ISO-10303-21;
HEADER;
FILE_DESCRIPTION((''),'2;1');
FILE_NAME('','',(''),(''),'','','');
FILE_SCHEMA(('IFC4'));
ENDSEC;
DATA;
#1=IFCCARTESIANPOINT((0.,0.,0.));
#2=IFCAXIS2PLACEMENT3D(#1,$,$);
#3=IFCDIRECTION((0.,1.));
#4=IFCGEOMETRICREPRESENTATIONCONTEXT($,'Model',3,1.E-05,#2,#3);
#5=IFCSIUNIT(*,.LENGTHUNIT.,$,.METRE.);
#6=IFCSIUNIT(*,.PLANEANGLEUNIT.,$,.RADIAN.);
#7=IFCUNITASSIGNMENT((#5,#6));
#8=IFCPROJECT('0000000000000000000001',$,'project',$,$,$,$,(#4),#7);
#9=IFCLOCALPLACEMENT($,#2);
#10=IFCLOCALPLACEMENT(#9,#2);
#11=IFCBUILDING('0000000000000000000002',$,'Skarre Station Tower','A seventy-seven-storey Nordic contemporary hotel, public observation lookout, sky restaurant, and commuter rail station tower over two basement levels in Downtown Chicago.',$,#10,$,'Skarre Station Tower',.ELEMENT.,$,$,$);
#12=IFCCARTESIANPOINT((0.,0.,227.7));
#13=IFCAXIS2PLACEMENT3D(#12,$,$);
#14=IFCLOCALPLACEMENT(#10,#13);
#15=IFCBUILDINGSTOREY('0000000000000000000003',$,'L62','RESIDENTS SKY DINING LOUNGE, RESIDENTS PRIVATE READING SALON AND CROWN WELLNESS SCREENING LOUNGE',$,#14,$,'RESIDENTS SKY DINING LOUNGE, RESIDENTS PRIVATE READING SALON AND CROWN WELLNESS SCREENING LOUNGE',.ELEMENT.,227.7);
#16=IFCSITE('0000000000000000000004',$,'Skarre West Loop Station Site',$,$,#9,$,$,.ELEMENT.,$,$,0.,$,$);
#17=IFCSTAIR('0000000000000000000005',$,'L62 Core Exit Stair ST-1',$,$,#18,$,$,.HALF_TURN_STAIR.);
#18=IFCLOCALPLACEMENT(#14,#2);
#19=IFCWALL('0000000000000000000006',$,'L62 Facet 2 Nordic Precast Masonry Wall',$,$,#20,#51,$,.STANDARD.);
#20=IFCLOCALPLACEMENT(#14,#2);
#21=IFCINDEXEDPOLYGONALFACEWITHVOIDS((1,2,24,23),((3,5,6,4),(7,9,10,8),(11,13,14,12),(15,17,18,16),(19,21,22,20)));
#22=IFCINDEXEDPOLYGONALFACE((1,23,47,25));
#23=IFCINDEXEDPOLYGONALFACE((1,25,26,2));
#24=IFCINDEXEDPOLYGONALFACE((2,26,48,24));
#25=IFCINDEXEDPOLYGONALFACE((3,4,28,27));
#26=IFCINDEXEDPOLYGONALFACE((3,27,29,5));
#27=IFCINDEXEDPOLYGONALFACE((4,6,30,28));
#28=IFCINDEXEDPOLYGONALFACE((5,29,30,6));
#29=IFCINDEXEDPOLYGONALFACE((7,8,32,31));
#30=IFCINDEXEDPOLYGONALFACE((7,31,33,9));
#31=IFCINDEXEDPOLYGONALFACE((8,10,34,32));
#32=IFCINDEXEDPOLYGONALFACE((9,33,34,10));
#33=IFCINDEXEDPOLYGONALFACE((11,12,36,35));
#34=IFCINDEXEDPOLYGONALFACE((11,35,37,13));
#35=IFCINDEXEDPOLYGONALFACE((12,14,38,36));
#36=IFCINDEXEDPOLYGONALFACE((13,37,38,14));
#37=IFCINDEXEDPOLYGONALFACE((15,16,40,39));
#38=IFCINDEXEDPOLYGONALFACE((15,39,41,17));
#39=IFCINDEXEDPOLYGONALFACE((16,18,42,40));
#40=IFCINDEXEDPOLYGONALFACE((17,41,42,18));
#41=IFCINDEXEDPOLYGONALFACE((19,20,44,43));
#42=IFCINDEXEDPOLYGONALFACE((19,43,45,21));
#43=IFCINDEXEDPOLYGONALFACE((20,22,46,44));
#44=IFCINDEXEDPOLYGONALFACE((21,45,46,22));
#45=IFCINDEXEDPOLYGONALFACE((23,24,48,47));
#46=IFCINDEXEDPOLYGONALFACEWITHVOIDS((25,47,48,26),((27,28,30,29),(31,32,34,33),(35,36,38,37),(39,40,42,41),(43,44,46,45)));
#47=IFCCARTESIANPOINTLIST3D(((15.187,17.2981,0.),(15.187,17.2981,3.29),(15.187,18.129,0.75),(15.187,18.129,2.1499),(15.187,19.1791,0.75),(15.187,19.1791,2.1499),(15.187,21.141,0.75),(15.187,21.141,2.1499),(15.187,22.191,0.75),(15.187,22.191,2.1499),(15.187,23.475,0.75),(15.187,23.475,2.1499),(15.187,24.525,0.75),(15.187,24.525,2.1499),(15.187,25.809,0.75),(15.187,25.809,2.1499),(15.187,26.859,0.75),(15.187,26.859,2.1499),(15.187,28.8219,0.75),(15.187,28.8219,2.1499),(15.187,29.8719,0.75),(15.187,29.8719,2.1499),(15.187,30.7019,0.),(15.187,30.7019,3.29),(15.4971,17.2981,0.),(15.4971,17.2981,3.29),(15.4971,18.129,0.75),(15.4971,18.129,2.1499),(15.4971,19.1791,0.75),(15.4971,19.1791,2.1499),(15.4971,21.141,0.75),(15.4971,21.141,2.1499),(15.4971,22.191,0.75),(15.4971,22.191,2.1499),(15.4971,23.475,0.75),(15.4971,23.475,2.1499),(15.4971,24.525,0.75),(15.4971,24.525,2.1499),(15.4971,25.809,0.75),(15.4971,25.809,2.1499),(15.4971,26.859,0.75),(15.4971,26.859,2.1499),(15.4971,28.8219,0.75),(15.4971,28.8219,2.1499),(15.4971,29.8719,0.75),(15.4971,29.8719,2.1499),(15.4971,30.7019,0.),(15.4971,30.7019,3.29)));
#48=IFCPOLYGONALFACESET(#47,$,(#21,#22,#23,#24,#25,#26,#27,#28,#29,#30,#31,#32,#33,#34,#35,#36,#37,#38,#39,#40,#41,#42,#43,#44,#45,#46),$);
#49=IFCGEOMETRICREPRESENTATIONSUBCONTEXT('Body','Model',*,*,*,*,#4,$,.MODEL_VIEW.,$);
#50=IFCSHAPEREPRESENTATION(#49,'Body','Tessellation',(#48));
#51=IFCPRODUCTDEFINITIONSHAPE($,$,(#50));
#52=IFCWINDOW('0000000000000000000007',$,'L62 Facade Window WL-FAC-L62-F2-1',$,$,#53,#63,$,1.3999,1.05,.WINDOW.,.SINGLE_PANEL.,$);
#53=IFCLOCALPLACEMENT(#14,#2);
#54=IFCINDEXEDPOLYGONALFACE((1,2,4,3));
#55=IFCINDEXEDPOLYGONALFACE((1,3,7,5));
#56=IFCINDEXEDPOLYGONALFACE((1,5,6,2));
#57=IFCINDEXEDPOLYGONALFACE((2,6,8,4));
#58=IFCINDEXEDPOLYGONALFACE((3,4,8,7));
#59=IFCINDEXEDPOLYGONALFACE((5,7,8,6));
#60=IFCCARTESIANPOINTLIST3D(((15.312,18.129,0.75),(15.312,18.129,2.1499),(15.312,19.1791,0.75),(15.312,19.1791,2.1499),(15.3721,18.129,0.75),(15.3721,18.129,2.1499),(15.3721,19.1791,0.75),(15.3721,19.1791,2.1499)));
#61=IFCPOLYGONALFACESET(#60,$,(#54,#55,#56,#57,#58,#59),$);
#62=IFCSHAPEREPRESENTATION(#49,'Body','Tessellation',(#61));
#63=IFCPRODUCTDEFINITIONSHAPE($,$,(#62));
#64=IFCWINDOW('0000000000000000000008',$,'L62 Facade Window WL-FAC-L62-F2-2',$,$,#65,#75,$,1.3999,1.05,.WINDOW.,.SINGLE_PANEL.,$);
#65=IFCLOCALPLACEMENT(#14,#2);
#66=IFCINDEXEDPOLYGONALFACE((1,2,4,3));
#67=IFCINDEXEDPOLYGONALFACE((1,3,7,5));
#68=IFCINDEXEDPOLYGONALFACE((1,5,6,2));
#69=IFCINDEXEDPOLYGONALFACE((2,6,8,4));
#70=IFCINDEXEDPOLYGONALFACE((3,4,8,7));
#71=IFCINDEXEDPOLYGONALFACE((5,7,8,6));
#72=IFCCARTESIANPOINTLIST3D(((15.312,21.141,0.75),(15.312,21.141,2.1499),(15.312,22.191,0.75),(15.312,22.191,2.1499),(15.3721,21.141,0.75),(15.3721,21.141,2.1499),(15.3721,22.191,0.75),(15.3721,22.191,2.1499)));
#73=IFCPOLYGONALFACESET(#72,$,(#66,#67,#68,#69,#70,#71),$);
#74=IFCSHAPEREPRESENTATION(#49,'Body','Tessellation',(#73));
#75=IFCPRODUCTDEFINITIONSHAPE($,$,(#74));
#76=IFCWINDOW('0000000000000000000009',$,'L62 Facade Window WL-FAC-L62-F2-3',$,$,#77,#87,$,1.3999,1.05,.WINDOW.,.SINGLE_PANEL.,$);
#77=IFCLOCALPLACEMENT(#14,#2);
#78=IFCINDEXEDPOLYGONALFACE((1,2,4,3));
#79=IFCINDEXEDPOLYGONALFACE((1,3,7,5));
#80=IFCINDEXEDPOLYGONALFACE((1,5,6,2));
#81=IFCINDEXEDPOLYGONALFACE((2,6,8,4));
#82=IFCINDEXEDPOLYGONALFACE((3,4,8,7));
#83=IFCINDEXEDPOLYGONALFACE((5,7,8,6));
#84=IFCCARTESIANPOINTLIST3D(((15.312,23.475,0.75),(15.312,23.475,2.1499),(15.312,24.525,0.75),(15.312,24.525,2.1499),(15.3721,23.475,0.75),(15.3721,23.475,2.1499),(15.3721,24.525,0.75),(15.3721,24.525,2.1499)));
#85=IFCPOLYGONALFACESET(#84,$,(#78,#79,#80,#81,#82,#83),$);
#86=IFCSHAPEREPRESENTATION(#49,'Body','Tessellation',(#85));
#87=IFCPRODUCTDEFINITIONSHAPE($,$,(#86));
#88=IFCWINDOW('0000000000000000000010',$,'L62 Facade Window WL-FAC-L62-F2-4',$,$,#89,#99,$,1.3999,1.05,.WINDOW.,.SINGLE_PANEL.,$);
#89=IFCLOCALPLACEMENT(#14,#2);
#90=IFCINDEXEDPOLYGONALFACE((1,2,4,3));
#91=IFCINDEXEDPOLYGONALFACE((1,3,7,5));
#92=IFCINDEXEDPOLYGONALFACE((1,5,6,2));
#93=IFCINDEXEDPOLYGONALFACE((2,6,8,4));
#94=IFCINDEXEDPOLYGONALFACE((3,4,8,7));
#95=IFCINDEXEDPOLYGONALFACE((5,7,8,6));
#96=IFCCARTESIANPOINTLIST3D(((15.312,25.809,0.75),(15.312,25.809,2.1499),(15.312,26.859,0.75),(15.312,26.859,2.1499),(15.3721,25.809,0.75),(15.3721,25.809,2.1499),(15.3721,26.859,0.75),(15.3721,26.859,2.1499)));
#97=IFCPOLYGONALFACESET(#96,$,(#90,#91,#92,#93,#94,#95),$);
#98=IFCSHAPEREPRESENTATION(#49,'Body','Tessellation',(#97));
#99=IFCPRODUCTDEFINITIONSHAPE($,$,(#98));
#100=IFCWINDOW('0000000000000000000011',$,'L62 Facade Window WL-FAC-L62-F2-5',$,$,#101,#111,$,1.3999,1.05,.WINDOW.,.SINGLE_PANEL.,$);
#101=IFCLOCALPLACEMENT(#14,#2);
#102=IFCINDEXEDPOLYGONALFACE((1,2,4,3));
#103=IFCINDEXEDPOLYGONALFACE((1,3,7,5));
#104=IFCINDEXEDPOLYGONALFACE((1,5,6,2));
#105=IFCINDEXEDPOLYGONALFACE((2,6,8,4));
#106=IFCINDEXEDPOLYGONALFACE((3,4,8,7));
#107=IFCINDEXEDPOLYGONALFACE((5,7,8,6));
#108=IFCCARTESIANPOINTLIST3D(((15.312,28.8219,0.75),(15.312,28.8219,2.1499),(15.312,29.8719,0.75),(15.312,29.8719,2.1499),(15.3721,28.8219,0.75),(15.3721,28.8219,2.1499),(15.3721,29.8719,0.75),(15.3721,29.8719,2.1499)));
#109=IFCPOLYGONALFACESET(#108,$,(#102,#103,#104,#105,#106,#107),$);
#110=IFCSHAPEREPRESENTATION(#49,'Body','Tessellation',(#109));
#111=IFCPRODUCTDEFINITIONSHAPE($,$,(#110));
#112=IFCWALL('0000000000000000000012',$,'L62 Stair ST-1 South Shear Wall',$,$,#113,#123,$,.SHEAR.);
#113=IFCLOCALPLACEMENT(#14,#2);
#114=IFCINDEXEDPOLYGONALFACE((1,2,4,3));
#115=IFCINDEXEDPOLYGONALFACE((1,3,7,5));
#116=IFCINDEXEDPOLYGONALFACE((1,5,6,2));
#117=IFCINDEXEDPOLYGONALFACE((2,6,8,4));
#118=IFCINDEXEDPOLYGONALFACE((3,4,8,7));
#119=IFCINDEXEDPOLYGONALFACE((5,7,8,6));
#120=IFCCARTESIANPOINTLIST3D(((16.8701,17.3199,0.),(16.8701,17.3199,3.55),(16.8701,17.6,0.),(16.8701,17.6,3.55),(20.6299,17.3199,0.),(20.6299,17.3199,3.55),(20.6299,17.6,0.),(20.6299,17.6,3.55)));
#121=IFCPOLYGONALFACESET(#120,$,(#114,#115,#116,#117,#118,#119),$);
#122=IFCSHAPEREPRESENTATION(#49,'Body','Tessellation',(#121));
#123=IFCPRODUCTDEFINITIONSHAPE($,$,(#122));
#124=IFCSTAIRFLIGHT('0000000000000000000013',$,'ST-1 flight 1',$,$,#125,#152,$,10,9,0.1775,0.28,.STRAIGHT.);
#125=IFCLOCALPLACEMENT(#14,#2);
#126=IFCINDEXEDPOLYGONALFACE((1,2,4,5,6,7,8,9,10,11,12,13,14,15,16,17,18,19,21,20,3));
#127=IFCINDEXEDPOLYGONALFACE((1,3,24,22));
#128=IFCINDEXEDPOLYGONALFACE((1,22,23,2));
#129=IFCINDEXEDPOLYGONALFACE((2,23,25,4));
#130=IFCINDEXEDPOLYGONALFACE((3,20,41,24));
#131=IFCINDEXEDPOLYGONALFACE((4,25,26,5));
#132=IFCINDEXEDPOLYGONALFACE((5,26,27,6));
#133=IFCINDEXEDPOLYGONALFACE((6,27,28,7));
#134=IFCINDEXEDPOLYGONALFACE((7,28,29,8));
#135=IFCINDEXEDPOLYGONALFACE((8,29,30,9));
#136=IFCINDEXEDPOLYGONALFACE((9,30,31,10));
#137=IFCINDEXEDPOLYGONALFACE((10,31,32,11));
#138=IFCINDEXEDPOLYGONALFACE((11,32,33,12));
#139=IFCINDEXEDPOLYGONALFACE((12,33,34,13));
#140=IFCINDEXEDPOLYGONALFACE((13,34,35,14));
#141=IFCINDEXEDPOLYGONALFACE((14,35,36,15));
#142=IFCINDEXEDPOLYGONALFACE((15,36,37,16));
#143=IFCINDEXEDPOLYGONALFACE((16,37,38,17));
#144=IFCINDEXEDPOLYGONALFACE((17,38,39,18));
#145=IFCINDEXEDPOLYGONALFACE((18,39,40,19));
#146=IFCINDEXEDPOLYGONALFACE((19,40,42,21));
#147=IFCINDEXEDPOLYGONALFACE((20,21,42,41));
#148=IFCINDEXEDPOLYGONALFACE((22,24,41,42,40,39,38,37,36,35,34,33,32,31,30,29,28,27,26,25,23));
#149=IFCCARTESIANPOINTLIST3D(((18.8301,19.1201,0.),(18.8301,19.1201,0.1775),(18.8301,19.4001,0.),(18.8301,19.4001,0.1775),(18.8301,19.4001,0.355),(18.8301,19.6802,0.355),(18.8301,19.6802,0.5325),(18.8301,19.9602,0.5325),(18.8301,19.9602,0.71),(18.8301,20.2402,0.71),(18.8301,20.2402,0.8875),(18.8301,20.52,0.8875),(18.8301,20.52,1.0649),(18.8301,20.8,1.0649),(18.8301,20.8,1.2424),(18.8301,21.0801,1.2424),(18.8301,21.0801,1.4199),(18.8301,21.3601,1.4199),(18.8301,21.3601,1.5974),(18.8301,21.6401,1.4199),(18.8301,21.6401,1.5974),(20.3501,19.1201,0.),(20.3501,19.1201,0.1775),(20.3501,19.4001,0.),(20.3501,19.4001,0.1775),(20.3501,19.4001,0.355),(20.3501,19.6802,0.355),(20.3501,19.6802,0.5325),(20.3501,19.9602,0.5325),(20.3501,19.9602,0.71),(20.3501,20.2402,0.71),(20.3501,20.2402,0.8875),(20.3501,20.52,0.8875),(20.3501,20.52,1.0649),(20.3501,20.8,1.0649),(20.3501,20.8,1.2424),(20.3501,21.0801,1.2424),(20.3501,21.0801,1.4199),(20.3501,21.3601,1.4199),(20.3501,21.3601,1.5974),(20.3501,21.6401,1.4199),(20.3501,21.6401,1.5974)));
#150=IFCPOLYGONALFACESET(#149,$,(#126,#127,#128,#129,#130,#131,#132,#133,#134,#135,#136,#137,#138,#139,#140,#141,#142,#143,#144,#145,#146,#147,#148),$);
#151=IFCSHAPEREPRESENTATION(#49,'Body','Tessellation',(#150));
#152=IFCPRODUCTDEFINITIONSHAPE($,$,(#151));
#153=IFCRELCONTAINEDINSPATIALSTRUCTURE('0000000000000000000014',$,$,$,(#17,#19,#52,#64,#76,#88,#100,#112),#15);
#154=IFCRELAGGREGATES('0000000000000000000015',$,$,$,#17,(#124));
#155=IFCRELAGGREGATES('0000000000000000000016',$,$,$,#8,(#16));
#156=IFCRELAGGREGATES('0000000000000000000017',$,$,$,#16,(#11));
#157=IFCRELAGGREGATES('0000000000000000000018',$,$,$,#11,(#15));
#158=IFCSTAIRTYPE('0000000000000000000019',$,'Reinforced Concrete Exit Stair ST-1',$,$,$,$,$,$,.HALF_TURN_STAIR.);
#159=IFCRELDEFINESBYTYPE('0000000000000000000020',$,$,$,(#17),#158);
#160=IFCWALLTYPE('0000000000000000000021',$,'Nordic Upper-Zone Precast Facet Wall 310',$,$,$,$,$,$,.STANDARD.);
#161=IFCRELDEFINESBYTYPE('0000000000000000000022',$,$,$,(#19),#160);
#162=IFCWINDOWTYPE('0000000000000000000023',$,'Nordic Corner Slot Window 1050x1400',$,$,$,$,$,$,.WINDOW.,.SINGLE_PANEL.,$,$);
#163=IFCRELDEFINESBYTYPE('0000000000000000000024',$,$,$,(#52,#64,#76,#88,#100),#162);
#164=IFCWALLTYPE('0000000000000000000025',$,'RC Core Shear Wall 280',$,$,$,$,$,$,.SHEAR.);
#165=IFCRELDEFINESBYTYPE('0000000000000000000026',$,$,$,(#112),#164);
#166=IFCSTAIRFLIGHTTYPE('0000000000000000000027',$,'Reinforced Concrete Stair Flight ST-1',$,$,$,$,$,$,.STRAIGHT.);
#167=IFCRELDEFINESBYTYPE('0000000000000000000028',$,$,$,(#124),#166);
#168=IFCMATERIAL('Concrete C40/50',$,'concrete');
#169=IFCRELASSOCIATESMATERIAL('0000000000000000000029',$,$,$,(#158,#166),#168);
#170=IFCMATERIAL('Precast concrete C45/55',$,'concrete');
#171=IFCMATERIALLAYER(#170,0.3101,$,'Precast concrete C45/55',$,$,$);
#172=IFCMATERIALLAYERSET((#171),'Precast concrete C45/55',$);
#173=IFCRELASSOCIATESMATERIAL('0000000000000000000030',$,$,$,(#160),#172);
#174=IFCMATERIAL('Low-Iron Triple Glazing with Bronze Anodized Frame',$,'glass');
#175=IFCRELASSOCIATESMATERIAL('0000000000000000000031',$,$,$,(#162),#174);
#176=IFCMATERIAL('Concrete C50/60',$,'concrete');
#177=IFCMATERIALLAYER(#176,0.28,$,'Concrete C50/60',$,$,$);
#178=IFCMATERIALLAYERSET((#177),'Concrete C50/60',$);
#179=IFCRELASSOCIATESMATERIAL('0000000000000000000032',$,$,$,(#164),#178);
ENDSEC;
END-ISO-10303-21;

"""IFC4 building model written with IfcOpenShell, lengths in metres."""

from ifc_helpers import new_model, si_unit, direction, frame, frame_2d, origin, place, context, subcontext, project, spatial, polyline, rectangle, outline, extrude, material, layer, layer_set, type_object, element, fill, aggregate, save


model = new_model("IFC4")

# Units and contexts
model_context = context("Model", 3, precision=1e-05, world=origin(), true_north=direction((0.0, 1.0)))
body_context = subcontext(model_context, "Body", "Model", "MODEL_VIEW")
ifc_project = project(units=[si_unit("LENGTHUNIT", "METRE"), si_unit("PLANEANGLEUNIT", "RADIAN")], contexts=[model_context])

# Site, building, storey
site_placement = place(None, origin())
site = spatial("IfcSite", under=ifc_project, at=site_placement, Name="Skarre West Loop Station Site", CompositionType="ELEMENT", RefElevation=0.0)
building_placement = place(site_placement, origin())
building = spatial("IfcBuilding", under=site, at=building_placement, Name="Skarre Station Tower", Description="A seventy-seven-storey Nordic contemporary hotel, public observation lookout, sky restaurant, and commuter rail station tower over two basement levels in Downtown Chicago.", LongName="Skarre Station Tower", CompositionType="ELEMENT")
storey_placement = place(building_placement, frame((0.0, 0.0, 227.7)))
storey = spatial("IfcBuildingStorey", under=building, at=storey_placement, Name="L62", Description="RESIDENTS SKY DINING LOUNGE, RESIDENTS PRIVATE READING SALON AND CROWN WELLNESS SCREENING LOUNGE", LongName="RESIDENTS SKY DINING LOUNGE, RESIDENTS PRIVATE READING SALON AND CROWN WELLNESS SCREENING LOUNGE", CompositionType="ELEMENT", Elevation=227.7)

# Shared definitions
ifc_material_1 = material(Name="Concrete C50/60", Category="concrete")

# Stair
ifc_material_2 = material(Name="Concrete C40/50", Category="concrete")
stair_type_1 = type_object("IfcStairType", Name="Reinforced Concrete Exit Stair ST-1", PredefinedType="HALF_TURN_STAIR", material=ifc_material_2)
stair_1_placement = place(storey_placement, origin())
stair_1 = element("IfcStair", 1, at=stair_1_placement, inside=storey, type_object=stair_type_1, Name="L62 Core Exit Stair ST-1", PredefinedType="HALF_TURN_STAIR")

# Shared definitions
ifc_material_3 = material(Name="Precast concrete C45/55", Category="concrete")

# Wall, openings, windows
ifc_layer_1 = layer(ifc_material_3, 0.3101, Name="Precast concrete C45/55")
ifc_layer_set_1 = layer_set([ifc_layer_1], Name="Precast concrete C45/55")
wall_type_1 = type_object("IfcWallType", Name="Nordic Upper-Zone Precast Facet Wall 310", PredefinedType="STANDARD", material=ifc_layer_set_1)
wall_1_placement = place(storey_placement, frame((15.342, 17.2981, 0.0), z_axis=(0.0, 0.0, 1.0), x_axis=(0.0, 1.0, 0.0)))
wall_1 = element("IfcWall", 2, at=wall_1_placement, inside=storey, type_object=wall_type_1, Name="L62 Facet 2 Nordic Precast Masonry Wall", PredefinedType="STANDARD", context=body_context, shape_type="SweptSolid", body=[
    extrude(rectangle(XDim=13.4038, YDim=0.3101, at=frame_2d((6.7019, 0.0))), origin(), (0.0, 0.0, 1.0), 3.29),
])
opening_1_placement = place(wall_1_placement, frame((0.8311, 0.0, 0.75)))
opening_1 = element("IfcOpeningElement", 3, at=opening_1_placement, cuts=wall_1, PredefinedType="OPENING", context=body_context, shape_type="SweptSolid", body=[
    extrude(rectangle(XDim=1.05, YDim=1.3999, at=frame_2d((0.5249, 0.7))), frame((0.0, 0.165, 0.0), z_axis=(0.0, -1.0, 0.0), x_axis=(1.0, 0.0, 0.0)), (0.0, 0.0, 1.0), 0.3301),
])
opening_2_placement = place(wall_1_placement, frame((3.843, 0.0, 0.75)))
opening_2 = element("IfcOpeningElement", 4, at=opening_2_placement, cuts=wall_1, PredefinedType="OPENING", context=body_context, shape_type="SweptSolid", body=[
    extrude(rectangle(XDim=1.05, YDim=1.3999, at=frame_2d((0.5249, 0.7))), frame((0.0, 0.165, 0.0), z_axis=(0.0, -1.0, 0.0), x_axis=(1.0, 0.0, 0.0)), (0.0, 0.0, 1.0), 0.3301),
])
opening_3_placement = place(wall_1_placement, frame((6.177, 0.0, 0.75)))
opening_3 = element("IfcOpeningElement", 5, at=opening_3_placement, cuts=wall_1, PredefinedType="OPENING", context=body_context, shape_type="SweptSolid", body=[
    extrude(rectangle(XDim=1.05, YDim=1.3999, at=frame_2d((0.5249, 0.7))), frame((0.0, 0.165, 0.0), z_axis=(0.0, -1.0, 0.0), x_axis=(1.0, 0.0, 0.0)), (0.0, 0.0, 1.0), 0.3301),
])
opening_4_placement = place(wall_1_placement, frame((8.511, 0.0, 0.75)))
opening_4 = element("IfcOpeningElement", 6, at=opening_4_placement, cuts=wall_1, PredefinedType="OPENING", context=body_context, shape_type="SweptSolid", body=[
    extrude(rectangle(XDim=1.05, YDim=1.3999, at=frame_2d((0.5249, 0.7))), frame((0.0, 0.165, 0.0), z_axis=(0.0, -1.0, 0.0), x_axis=(1.0, 0.0, 0.0)), (0.0, 0.0, 1.0), 0.3301),
])
opening_5_placement = place(wall_1_placement, frame((11.5239, 0.0, 0.75)))
opening_5 = element("IfcOpeningElement", 7, at=opening_5_placement, cuts=wall_1, PredefinedType="OPENING", context=body_context, shape_type="SweptSolid", body=[
    extrude(rectangle(XDim=1.05, YDim=1.3999, at=frame_2d((0.5249, 0.7))), frame((0.0, 0.165, 0.0), z_axis=(0.0, -1.0, 0.0), x_axis=(1.0, 0.0, 0.0)), (0.0, 0.0, 1.0), 0.3301),
])
ifc_material_4 = material(Name="Low-Iron Triple Glazing with Bronze Anodized Frame", Category="glass")
window_type = type_object("IfcWindowType", Name="Nordic Corner Slot Window 1050x1400", PartitioningType="SINGLE_PANEL", PredefinedType="WINDOW", material=ifc_material_4)
window_1_placement = place(opening_1_placement, origin())
window_1 = element("IfcWindow", 8, at=window_1_placement, inside=storey, type_object=window_type, Name="L62 Facade Window WL-FAC-L62-F2-1", OverallHeight=1.3999, OverallWidth=1.05, PartitioningType="SINGLE_PANEL", PredefinedType="WINDOW", context=body_context, shape_type="SweptSolid", body=[
    extrude(rectangle(XDim=1.05, YDim=1.3999, at=frame_2d((0.5249, 0.7))), frame((0.0, 0.03, 0.0), z_axis=(0.0, -1.0, 0.0), x_axis=(1.0, 0.0, 0.0)), (0.0, 0.0, 1.0), 0.0601),
])
fill(opening_1, window_1)
window_2_placement = place(opening_2_placement, origin())
window_2 = element("IfcWindow", 9, at=window_2_placement, inside=storey, type_object=window_type, Name="L62 Facade Window WL-FAC-L62-F2-2", OverallHeight=1.3999, OverallWidth=1.05, PartitioningType="SINGLE_PANEL", PredefinedType="WINDOW", context=body_context, shape_type="SweptSolid", body=[
    extrude(rectangle(XDim=1.05, YDim=1.3999, at=frame_2d((0.5249, 0.7))), frame((0.0, 0.03, 0.0), z_axis=(0.0, -1.0, 0.0), x_axis=(1.0, 0.0, 0.0)), (0.0, 0.0, 1.0), 0.0601),
])
fill(opening_2, window_2)
window_3_placement = place(opening_3_placement, origin())
window_3 = element("IfcWindow", 10, at=window_3_placement, inside=storey, type_object=window_type, Name="L62 Facade Window WL-FAC-L62-F2-3", OverallHeight=1.3999, OverallWidth=1.05, PartitioningType="SINGLE_PANEL", PredefinedType="WINDOW", context=body_context, shape_type="SweptSolid", body=[
    extrude(rectangle(XDim=1.05, YDim=1.3999, at=frame_2d((0.5249, 0.7))), frame((0.0, 0.03, 0.0), z_axis=(0.0, -1.0, 0.0), x_axis=(1.0, 0.0, 0.0)), (0.0, 0.0, 1.0), 0.0601),
])
fill(opening_3, window_3)
window_4_placement = place(opening_4_placement, origin())
window_4 = element("IfcWindow", 11, at=window_4_placement, inside=storey, type_object=window_type, Name="L62 Facade Window WL-FAC-L62-F2-4", OverallHeight=1.3999, OverallWidth=1.05, PartitioningType="SINGLE_PANEL", PredefinedType="WINDOW", context=body_context, shape_type="SweptSolid", body=[
    extrude(rectangle(XDim=1.05, YDim=1.3999, at=frame_2d((0.5249, 0.7))), frame((0.0, 0.03, 0.0), z_axis=(0.0, -1.0, 0.0), x_axis=(1.0, 0.0, 0.0)), (0.0, 0.0, 1.0), 0.0601),
])
fill(opening_4, window_4)
window_5_placement = place(opening_5_placement, origin())
window_5 = element("IfcWindow", 12, at=window_5_placement, inside=storey, type_object=window_type, Name="L62 Facade Window WL-FAC-L62-F2-5", OverallHeight=1.3999, OverallWidth=1.05, PartitioningType="SINGLE_PANEL", PredefinedType="WINDOW", context=body_context, shape_type="SweptSolid", body=[
    extrude(rectangle(XDim=1.05, YDim=1.3999, at=frame_2d((0.5249, 0.7))), frame((0.0, 0.03, 0.0), z_axis=(0.0, -1.0, 0.0), x_axis=(1.0, 0.0, 0.0)), (0.0, 0.0, 1.0), 0.0601),
])
fill(opening_5, window_5)

# Wall
ifc_layer_2 = layer(ifc_material_1, 0.28, Name="Concrete C50/60")
ifc_layer_set_2 = layer_set([ifc_layer_2], Name="Concrete C50/60")
wall_type_2 = type_object("IfcWallType", Name="RC Core Shear Wall 280", PredefinedType="SHEAR", material=ifc_layer_set_2)
wall_2_placement = place(storey_placement, frame((16.8701, 17.46, 0.0), z_axis=(0.0, 0.0, 1.0), x_axis=(1.0, 0.0, 0.0)))
element("IfcWall", 13, at=wall_2_placement, inside=storey, type_object=wall_type_2, Name="L62 Stair ST-1 South Shear Wall", PredefinedType="SHEAR", context=body_context, shape_type="SweptSolid", body=[
    extrude(rectangle(XDim=3.7598, YDim=0.28, at=frame_2d((1.8799, 0.0))), origin(), (0.0, 0.0, 1.0), 3.55),
])

# Stair flight
stair_flight_type = type_object("IfcStairFlightType", Name="Reinforced Concrete Stair Flight ST-1", PredefinedType="STRAIGHT", material=ifc_material_2)
stair_flight_placement = place(storey_placement, frame((19.5901, 19.1201, 0.0), z_axis=(0.0, 0.0, 1.0), x_axis=(0.0, 1.0, 0.0)))
stair_flight = element("IfcStairFlight", 14, at=stair_flight_placement, type_object=stair_flight_type, Name="ST-1 flight 1", NumberOfRisers=10, NumberOfTreads=9, PredefinedType="STRAIGHT", RiserHeight=0.1775, TreadLength=0.28, context=body_context, shape_type="SweptSolid", body=[
    extrude(outline(polyline([(0.0, 0.0), (0.0, 0.1775), (0.28, 0.1775), (0.28, 0.355), (0.5601, 0.355), (0.5601, 0.5325), (0.8401, 0.5325), (0.8401, 0.71), (1.1201, 0.71), (1.1201, 0.8875), (1.3999, 0.8875), (1.3999, 1.0649), (1.6799, 1.0649), (1.6799, 1.2424), (1.96, 1.2424), (1.96, 1.4199), (2.24, 1.4199), (2.24, 1.5974), (2.52, 1.5974), (2.52, 1.7749), (2.52, 1.4199), (0.28, 0.0), (0.0, 0.0)])), frame((0.0, 0.76, 0.0), z_axis=(0.0, -1.0, 0.0), x_axis=(1.0, 0.0, 0.0)), (0.0, 0.0, 1.0), 1.52),
])
aggregate(stair_1, [stair_flight])

save(model, "model.ifc")
